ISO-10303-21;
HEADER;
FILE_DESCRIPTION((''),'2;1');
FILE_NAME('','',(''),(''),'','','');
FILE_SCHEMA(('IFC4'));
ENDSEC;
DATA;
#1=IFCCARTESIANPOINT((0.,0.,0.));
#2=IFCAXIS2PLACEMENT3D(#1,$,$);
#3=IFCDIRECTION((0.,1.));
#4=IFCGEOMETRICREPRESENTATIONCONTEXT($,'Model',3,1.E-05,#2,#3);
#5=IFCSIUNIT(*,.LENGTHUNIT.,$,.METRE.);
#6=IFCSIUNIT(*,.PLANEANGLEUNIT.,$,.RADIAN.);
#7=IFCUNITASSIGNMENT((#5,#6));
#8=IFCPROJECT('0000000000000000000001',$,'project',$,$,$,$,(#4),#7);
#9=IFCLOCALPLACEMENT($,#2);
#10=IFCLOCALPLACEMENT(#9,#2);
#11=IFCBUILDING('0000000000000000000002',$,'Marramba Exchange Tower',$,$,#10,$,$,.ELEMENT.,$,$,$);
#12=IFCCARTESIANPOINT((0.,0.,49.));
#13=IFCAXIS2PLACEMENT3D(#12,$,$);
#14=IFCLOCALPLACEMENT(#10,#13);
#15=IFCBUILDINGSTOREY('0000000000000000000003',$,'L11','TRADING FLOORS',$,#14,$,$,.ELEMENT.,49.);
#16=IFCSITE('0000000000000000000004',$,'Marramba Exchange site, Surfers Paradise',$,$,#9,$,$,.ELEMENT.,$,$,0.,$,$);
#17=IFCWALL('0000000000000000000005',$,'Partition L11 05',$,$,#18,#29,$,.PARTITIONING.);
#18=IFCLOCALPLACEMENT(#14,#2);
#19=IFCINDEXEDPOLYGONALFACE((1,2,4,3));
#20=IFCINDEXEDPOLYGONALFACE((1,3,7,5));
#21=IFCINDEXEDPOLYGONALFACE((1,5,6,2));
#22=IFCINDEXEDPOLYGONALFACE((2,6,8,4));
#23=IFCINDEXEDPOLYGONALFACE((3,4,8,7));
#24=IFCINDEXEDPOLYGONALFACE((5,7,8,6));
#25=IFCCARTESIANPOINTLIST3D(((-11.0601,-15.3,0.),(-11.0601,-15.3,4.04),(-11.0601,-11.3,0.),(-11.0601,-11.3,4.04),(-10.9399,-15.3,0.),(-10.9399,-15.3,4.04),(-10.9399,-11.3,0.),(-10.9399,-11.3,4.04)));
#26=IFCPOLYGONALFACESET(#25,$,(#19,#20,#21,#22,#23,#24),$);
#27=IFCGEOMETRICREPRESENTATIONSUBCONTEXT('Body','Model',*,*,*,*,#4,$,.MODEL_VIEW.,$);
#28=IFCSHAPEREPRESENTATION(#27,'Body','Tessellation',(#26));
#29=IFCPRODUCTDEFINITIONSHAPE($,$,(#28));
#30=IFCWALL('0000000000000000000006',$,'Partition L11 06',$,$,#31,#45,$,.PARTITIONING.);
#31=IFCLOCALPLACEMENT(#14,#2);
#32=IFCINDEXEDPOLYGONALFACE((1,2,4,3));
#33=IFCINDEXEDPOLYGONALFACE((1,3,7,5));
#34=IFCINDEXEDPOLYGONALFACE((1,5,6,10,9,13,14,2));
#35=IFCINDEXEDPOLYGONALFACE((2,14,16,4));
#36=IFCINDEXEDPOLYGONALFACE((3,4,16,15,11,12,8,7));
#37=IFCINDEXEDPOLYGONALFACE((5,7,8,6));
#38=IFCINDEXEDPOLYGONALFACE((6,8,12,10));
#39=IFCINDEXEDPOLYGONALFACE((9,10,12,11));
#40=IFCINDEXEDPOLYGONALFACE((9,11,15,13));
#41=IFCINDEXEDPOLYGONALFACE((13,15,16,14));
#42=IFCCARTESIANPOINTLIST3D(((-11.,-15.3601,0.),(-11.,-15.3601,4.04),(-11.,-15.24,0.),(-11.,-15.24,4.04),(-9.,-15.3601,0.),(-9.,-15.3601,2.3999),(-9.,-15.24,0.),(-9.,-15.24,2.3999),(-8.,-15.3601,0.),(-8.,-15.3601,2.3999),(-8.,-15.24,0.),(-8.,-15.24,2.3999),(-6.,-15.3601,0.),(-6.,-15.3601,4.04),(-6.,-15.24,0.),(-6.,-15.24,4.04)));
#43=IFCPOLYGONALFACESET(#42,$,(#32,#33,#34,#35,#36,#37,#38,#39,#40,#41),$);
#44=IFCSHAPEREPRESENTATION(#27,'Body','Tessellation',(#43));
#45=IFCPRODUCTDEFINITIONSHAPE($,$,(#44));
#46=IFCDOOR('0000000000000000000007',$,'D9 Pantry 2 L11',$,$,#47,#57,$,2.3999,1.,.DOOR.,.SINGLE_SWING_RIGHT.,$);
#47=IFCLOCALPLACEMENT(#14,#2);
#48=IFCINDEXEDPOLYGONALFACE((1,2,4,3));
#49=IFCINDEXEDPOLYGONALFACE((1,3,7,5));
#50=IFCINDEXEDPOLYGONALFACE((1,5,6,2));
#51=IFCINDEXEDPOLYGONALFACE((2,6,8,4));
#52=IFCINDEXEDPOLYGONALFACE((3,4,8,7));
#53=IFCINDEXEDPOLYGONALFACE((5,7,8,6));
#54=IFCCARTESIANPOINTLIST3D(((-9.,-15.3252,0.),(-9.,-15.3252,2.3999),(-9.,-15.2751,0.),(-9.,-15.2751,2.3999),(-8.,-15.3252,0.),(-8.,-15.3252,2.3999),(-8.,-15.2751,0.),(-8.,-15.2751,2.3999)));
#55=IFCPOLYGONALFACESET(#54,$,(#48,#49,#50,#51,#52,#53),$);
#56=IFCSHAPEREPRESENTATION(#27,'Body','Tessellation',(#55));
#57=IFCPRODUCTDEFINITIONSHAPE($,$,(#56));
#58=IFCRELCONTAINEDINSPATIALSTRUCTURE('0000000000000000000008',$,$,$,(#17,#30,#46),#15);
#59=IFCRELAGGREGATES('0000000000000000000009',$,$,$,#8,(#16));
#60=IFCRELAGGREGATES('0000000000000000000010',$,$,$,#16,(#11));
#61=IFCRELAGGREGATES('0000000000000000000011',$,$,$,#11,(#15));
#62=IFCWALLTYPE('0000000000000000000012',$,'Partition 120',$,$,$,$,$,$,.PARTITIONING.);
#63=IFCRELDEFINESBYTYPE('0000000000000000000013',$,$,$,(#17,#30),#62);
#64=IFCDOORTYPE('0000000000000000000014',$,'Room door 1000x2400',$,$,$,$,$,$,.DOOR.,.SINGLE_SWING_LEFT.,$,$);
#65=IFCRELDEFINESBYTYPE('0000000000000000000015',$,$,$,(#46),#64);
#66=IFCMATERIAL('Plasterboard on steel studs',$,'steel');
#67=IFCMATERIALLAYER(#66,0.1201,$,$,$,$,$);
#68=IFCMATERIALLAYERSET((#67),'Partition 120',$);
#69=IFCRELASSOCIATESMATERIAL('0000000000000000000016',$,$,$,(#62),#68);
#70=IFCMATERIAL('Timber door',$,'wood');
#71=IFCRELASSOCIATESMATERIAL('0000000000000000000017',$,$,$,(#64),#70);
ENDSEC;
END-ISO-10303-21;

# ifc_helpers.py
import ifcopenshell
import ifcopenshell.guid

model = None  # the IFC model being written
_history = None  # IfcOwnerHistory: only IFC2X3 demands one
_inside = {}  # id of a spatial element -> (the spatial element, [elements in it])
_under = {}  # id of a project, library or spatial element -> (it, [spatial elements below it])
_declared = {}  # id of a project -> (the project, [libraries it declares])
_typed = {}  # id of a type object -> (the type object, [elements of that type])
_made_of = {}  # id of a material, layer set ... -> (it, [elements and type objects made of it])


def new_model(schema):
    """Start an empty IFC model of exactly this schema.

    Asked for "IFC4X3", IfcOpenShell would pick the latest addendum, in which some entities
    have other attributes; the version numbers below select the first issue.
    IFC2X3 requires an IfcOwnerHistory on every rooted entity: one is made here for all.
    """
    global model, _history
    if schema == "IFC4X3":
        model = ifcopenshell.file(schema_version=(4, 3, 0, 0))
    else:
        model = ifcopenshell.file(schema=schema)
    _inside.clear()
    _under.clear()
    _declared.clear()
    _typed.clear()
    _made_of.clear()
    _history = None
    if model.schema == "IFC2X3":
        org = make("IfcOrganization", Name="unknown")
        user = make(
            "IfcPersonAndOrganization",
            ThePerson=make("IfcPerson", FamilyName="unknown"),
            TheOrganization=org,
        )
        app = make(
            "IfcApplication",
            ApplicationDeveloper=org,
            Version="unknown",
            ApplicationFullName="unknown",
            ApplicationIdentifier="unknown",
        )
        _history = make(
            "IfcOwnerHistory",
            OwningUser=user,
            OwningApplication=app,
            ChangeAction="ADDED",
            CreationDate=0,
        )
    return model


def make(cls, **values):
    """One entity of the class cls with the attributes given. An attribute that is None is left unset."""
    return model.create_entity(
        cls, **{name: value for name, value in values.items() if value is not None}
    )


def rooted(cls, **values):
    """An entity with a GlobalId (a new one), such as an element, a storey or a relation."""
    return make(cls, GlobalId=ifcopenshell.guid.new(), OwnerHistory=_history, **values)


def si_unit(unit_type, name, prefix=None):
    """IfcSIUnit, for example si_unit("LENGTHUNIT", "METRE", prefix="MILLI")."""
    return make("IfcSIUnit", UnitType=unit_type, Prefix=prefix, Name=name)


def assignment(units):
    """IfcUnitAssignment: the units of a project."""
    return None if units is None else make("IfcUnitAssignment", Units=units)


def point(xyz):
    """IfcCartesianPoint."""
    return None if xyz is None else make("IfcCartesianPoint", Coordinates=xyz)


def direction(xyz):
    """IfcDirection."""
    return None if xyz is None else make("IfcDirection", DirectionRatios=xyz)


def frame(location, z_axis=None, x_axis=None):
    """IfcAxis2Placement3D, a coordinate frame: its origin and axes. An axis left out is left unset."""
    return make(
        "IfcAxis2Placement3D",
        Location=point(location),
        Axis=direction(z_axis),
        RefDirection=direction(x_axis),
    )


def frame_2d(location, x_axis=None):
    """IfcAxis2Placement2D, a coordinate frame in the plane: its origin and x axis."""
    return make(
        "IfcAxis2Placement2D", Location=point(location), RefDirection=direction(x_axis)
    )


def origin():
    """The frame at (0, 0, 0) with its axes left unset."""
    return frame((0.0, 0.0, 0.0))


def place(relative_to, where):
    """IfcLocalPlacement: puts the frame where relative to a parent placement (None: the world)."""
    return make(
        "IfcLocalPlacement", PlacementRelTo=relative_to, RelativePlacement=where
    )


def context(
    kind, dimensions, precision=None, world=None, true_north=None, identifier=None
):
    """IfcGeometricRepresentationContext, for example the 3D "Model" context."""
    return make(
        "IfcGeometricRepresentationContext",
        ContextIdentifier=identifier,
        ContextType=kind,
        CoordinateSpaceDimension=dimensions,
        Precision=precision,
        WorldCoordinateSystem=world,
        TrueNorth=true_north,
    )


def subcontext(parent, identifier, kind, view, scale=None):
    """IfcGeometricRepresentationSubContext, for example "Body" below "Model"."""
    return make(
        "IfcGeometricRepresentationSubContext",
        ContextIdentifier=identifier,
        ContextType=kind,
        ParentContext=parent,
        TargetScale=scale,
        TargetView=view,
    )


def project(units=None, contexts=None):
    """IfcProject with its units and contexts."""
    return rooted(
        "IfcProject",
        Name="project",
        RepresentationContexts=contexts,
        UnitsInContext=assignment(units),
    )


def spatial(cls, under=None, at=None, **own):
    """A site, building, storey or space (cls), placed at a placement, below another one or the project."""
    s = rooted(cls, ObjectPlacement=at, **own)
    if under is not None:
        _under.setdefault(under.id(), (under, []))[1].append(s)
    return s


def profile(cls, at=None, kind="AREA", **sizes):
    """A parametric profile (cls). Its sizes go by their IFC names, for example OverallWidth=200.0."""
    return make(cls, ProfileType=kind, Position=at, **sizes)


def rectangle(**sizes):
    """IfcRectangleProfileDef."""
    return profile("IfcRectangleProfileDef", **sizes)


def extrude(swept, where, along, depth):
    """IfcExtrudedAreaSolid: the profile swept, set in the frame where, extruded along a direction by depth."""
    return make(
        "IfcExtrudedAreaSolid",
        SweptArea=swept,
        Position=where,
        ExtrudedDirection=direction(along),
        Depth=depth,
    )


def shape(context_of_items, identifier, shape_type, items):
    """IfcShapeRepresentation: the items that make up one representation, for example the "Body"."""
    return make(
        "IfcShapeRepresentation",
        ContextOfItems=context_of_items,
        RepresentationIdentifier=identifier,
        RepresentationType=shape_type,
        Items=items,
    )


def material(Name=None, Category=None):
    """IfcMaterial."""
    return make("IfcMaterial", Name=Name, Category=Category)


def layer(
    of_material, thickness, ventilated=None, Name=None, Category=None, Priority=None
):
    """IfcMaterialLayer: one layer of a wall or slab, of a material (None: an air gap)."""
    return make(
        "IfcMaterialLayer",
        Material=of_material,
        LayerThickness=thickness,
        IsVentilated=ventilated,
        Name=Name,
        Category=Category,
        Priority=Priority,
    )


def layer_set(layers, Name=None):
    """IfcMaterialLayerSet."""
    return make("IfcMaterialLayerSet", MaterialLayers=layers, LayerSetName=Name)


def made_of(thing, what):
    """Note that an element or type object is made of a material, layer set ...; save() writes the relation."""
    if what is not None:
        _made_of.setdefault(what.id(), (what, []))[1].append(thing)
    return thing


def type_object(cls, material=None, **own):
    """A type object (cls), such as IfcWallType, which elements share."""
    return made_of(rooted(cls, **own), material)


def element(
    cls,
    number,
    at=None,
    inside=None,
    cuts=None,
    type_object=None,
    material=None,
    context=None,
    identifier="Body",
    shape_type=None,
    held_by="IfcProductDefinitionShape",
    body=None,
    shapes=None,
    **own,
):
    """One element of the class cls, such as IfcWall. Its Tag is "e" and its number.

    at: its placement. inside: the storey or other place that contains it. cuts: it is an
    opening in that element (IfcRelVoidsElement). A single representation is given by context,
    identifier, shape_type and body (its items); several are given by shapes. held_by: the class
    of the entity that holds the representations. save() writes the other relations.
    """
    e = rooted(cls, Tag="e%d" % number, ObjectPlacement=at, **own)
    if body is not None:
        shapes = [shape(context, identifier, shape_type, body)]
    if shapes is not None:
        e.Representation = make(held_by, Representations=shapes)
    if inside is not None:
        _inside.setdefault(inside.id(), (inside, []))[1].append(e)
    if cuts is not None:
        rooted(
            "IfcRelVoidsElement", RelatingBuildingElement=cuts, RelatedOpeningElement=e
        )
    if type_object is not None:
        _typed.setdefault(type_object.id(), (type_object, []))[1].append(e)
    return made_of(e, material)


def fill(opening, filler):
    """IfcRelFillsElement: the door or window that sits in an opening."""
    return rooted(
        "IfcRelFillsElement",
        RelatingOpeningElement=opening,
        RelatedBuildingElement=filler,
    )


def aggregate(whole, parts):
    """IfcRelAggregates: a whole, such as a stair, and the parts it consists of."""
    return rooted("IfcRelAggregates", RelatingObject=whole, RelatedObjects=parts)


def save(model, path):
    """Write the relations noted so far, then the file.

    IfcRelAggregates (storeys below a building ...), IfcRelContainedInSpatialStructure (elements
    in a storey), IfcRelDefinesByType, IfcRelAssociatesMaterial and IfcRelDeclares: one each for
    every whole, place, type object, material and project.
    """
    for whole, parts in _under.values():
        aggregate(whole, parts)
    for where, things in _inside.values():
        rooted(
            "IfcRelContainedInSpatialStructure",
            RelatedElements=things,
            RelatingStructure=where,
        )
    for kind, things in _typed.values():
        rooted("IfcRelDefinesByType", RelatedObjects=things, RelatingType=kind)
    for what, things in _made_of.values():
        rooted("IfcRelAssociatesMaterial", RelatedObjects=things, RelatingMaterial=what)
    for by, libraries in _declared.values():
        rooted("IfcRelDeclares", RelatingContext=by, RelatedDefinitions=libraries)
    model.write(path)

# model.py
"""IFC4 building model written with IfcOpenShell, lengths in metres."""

from ifc_helpers import new_model, si_unit, direction, frame, frame_2d, origin, place, context, subcontext, project, spatial, rectangle, extrude, material, layer, layer_set, type_object, element, fill, save


model = new_model("IFC4")

# Units and contexts
model_context = context("Model", 3, precision=1e-05, world=origin(), true_north=direction((0.0, 1.0)))
body_context = subcontext(model_context, "Body", "Model", "MODEL_VIEW")
ifc_project = project(units=[si_unit("LENGTHUNIT", "METRE"), si_unit("PLANEANGLEUNIT", "RADIAN")], contexts=[model_context])

# Site, building, storey
site_placement = place(None, origin())
site = spatial("IfcSite", under=ifc_project, at=site_placement, Name="Marramba Exchange site, Surfers Paradise", CompositionType="ELEMENT", RefElevation=0.0)
building_placement = place(site_placement, origin())
building = spatial("IfcBuilding", under=site, at=building_placement, Name="Marramba Exchange Tower", CompositionType="ELEMENT")
storey_placement = place(building_placement, frame((0.0, 0.0, 49.0)))
storey = spatial("IfcBuildingStorey", under=building, at=storey_placement, Name="L11", Description="TRADING FLOORS", CompositionType="ELEMENT", Elevation=49.0)

# Wall
ifc_material_1 = material(Name="Plasterboard on steel studs", Category="steel")
ifc_layer_1 = layer(ifc_material_1, 0.1201)
ifc_layer_set_1 = layer_set([ifc_layer_1], Name="Partition 120")
wall_type_1 = type_object("IfcWallType", Name="Partition 120", PredefinedType="PARTITIONING", material=ifc_layer_set_1)
wall_1_placement = place(storey_placement, frame((-11.0, -11.3, 0.0), z_axis=(0.0, 0.0, 1.0), x_axis=(0.0, -1.0, 0.0)))
element("IfcWall", 1, at=wall_1_placement, inside=storey, type_object=wall_type_1, Name="Partition L11 05", PredefinedType="PARTITIONING", context=body_context, shape_type="SweptSolid", body=[
    extrude(rectangle(XDim=4.0, YDim=0.1201, at=frame_2d((2.0, 0.0))), origin(), (0.0, 0.0, 1.0), 4.04),
])

# Wall, opening, door
wall_2_placement = place(storey_placement, frame((-11.0, -15.3, 0.0), z_axis=(0.0, 0.0, 1.0), x_axis=(1.0, 0.0, 0.0)))
wall_2 = element("IfcWall", 2, at=wall_2_placement, inside=storey, type_object=wall_type_1, Name="Partition L11 06", PredefinedType="PARTITIONING", context=body_context, shape_type="SweptSolid", body=[
    extrude(rectangle(XDim=5.0, YDim=0.1201, at=frame_2d((2.5, 0.0))), origin(), (0.0, 0.0, 1.0), 4.04),
])
opening_1_placement = place(wall_2_placement, frame((2.0, 0.0, 0.0)))
opening_1 = element("IfcOpeningElement", 3, at=opening_1_placement, cuts=wall_2, PredefinedType="OPENING", context=body_context, shape_type="SweptSolid", body=[
    extrude(rectangle(XDim=1.0, YDim=2.3999, at=frame_2d((0.5, 1.2))), frame((0.0, 0.0701, 0.0), z_axis=(0.0, -1.0, 0.0), x_axis=(1.0, 0.0, 0.0)), (0.0, 0.0, 1.0), 0.1401),
])
ifc_material_2 = material(Name="Timber door", Category="wood")
door_type_1 = type_object("IfcDoorType", Name="Room door 1000x2400", OperationType="SINGLE_SWING_LEFT", PredefinedType="DOOR", material=ifc_material_2)
door_1_placement = place(opening_1_placement, origin())
door_1 = element("IfcDoor", 4, at=door_1_placement, inside=storey, type_object=door_type_1, Name="D9 Pantry 2 L11", OperationType="SINGLE_SWING_RIGHT", OverallHeight=2.3999, OverallWidth=1.0, PredefinedType="DOOR", context=body_context, shape_type="SweptSolid", body=[
    extrude(rectangle(XDim=1.0, YDim=2.3999, at=frame_2d((0.5, 1.2))), frame((0.0, 0.0249, 0.0), z_axis=(0.0, -1.0, 0.0), x_axis=(1.0, 0.0, 0.0)), (0.0, 0.0, 1.0), 0.05),
])
fill(opening_1, door_1)

save(model, "model.ifc")
